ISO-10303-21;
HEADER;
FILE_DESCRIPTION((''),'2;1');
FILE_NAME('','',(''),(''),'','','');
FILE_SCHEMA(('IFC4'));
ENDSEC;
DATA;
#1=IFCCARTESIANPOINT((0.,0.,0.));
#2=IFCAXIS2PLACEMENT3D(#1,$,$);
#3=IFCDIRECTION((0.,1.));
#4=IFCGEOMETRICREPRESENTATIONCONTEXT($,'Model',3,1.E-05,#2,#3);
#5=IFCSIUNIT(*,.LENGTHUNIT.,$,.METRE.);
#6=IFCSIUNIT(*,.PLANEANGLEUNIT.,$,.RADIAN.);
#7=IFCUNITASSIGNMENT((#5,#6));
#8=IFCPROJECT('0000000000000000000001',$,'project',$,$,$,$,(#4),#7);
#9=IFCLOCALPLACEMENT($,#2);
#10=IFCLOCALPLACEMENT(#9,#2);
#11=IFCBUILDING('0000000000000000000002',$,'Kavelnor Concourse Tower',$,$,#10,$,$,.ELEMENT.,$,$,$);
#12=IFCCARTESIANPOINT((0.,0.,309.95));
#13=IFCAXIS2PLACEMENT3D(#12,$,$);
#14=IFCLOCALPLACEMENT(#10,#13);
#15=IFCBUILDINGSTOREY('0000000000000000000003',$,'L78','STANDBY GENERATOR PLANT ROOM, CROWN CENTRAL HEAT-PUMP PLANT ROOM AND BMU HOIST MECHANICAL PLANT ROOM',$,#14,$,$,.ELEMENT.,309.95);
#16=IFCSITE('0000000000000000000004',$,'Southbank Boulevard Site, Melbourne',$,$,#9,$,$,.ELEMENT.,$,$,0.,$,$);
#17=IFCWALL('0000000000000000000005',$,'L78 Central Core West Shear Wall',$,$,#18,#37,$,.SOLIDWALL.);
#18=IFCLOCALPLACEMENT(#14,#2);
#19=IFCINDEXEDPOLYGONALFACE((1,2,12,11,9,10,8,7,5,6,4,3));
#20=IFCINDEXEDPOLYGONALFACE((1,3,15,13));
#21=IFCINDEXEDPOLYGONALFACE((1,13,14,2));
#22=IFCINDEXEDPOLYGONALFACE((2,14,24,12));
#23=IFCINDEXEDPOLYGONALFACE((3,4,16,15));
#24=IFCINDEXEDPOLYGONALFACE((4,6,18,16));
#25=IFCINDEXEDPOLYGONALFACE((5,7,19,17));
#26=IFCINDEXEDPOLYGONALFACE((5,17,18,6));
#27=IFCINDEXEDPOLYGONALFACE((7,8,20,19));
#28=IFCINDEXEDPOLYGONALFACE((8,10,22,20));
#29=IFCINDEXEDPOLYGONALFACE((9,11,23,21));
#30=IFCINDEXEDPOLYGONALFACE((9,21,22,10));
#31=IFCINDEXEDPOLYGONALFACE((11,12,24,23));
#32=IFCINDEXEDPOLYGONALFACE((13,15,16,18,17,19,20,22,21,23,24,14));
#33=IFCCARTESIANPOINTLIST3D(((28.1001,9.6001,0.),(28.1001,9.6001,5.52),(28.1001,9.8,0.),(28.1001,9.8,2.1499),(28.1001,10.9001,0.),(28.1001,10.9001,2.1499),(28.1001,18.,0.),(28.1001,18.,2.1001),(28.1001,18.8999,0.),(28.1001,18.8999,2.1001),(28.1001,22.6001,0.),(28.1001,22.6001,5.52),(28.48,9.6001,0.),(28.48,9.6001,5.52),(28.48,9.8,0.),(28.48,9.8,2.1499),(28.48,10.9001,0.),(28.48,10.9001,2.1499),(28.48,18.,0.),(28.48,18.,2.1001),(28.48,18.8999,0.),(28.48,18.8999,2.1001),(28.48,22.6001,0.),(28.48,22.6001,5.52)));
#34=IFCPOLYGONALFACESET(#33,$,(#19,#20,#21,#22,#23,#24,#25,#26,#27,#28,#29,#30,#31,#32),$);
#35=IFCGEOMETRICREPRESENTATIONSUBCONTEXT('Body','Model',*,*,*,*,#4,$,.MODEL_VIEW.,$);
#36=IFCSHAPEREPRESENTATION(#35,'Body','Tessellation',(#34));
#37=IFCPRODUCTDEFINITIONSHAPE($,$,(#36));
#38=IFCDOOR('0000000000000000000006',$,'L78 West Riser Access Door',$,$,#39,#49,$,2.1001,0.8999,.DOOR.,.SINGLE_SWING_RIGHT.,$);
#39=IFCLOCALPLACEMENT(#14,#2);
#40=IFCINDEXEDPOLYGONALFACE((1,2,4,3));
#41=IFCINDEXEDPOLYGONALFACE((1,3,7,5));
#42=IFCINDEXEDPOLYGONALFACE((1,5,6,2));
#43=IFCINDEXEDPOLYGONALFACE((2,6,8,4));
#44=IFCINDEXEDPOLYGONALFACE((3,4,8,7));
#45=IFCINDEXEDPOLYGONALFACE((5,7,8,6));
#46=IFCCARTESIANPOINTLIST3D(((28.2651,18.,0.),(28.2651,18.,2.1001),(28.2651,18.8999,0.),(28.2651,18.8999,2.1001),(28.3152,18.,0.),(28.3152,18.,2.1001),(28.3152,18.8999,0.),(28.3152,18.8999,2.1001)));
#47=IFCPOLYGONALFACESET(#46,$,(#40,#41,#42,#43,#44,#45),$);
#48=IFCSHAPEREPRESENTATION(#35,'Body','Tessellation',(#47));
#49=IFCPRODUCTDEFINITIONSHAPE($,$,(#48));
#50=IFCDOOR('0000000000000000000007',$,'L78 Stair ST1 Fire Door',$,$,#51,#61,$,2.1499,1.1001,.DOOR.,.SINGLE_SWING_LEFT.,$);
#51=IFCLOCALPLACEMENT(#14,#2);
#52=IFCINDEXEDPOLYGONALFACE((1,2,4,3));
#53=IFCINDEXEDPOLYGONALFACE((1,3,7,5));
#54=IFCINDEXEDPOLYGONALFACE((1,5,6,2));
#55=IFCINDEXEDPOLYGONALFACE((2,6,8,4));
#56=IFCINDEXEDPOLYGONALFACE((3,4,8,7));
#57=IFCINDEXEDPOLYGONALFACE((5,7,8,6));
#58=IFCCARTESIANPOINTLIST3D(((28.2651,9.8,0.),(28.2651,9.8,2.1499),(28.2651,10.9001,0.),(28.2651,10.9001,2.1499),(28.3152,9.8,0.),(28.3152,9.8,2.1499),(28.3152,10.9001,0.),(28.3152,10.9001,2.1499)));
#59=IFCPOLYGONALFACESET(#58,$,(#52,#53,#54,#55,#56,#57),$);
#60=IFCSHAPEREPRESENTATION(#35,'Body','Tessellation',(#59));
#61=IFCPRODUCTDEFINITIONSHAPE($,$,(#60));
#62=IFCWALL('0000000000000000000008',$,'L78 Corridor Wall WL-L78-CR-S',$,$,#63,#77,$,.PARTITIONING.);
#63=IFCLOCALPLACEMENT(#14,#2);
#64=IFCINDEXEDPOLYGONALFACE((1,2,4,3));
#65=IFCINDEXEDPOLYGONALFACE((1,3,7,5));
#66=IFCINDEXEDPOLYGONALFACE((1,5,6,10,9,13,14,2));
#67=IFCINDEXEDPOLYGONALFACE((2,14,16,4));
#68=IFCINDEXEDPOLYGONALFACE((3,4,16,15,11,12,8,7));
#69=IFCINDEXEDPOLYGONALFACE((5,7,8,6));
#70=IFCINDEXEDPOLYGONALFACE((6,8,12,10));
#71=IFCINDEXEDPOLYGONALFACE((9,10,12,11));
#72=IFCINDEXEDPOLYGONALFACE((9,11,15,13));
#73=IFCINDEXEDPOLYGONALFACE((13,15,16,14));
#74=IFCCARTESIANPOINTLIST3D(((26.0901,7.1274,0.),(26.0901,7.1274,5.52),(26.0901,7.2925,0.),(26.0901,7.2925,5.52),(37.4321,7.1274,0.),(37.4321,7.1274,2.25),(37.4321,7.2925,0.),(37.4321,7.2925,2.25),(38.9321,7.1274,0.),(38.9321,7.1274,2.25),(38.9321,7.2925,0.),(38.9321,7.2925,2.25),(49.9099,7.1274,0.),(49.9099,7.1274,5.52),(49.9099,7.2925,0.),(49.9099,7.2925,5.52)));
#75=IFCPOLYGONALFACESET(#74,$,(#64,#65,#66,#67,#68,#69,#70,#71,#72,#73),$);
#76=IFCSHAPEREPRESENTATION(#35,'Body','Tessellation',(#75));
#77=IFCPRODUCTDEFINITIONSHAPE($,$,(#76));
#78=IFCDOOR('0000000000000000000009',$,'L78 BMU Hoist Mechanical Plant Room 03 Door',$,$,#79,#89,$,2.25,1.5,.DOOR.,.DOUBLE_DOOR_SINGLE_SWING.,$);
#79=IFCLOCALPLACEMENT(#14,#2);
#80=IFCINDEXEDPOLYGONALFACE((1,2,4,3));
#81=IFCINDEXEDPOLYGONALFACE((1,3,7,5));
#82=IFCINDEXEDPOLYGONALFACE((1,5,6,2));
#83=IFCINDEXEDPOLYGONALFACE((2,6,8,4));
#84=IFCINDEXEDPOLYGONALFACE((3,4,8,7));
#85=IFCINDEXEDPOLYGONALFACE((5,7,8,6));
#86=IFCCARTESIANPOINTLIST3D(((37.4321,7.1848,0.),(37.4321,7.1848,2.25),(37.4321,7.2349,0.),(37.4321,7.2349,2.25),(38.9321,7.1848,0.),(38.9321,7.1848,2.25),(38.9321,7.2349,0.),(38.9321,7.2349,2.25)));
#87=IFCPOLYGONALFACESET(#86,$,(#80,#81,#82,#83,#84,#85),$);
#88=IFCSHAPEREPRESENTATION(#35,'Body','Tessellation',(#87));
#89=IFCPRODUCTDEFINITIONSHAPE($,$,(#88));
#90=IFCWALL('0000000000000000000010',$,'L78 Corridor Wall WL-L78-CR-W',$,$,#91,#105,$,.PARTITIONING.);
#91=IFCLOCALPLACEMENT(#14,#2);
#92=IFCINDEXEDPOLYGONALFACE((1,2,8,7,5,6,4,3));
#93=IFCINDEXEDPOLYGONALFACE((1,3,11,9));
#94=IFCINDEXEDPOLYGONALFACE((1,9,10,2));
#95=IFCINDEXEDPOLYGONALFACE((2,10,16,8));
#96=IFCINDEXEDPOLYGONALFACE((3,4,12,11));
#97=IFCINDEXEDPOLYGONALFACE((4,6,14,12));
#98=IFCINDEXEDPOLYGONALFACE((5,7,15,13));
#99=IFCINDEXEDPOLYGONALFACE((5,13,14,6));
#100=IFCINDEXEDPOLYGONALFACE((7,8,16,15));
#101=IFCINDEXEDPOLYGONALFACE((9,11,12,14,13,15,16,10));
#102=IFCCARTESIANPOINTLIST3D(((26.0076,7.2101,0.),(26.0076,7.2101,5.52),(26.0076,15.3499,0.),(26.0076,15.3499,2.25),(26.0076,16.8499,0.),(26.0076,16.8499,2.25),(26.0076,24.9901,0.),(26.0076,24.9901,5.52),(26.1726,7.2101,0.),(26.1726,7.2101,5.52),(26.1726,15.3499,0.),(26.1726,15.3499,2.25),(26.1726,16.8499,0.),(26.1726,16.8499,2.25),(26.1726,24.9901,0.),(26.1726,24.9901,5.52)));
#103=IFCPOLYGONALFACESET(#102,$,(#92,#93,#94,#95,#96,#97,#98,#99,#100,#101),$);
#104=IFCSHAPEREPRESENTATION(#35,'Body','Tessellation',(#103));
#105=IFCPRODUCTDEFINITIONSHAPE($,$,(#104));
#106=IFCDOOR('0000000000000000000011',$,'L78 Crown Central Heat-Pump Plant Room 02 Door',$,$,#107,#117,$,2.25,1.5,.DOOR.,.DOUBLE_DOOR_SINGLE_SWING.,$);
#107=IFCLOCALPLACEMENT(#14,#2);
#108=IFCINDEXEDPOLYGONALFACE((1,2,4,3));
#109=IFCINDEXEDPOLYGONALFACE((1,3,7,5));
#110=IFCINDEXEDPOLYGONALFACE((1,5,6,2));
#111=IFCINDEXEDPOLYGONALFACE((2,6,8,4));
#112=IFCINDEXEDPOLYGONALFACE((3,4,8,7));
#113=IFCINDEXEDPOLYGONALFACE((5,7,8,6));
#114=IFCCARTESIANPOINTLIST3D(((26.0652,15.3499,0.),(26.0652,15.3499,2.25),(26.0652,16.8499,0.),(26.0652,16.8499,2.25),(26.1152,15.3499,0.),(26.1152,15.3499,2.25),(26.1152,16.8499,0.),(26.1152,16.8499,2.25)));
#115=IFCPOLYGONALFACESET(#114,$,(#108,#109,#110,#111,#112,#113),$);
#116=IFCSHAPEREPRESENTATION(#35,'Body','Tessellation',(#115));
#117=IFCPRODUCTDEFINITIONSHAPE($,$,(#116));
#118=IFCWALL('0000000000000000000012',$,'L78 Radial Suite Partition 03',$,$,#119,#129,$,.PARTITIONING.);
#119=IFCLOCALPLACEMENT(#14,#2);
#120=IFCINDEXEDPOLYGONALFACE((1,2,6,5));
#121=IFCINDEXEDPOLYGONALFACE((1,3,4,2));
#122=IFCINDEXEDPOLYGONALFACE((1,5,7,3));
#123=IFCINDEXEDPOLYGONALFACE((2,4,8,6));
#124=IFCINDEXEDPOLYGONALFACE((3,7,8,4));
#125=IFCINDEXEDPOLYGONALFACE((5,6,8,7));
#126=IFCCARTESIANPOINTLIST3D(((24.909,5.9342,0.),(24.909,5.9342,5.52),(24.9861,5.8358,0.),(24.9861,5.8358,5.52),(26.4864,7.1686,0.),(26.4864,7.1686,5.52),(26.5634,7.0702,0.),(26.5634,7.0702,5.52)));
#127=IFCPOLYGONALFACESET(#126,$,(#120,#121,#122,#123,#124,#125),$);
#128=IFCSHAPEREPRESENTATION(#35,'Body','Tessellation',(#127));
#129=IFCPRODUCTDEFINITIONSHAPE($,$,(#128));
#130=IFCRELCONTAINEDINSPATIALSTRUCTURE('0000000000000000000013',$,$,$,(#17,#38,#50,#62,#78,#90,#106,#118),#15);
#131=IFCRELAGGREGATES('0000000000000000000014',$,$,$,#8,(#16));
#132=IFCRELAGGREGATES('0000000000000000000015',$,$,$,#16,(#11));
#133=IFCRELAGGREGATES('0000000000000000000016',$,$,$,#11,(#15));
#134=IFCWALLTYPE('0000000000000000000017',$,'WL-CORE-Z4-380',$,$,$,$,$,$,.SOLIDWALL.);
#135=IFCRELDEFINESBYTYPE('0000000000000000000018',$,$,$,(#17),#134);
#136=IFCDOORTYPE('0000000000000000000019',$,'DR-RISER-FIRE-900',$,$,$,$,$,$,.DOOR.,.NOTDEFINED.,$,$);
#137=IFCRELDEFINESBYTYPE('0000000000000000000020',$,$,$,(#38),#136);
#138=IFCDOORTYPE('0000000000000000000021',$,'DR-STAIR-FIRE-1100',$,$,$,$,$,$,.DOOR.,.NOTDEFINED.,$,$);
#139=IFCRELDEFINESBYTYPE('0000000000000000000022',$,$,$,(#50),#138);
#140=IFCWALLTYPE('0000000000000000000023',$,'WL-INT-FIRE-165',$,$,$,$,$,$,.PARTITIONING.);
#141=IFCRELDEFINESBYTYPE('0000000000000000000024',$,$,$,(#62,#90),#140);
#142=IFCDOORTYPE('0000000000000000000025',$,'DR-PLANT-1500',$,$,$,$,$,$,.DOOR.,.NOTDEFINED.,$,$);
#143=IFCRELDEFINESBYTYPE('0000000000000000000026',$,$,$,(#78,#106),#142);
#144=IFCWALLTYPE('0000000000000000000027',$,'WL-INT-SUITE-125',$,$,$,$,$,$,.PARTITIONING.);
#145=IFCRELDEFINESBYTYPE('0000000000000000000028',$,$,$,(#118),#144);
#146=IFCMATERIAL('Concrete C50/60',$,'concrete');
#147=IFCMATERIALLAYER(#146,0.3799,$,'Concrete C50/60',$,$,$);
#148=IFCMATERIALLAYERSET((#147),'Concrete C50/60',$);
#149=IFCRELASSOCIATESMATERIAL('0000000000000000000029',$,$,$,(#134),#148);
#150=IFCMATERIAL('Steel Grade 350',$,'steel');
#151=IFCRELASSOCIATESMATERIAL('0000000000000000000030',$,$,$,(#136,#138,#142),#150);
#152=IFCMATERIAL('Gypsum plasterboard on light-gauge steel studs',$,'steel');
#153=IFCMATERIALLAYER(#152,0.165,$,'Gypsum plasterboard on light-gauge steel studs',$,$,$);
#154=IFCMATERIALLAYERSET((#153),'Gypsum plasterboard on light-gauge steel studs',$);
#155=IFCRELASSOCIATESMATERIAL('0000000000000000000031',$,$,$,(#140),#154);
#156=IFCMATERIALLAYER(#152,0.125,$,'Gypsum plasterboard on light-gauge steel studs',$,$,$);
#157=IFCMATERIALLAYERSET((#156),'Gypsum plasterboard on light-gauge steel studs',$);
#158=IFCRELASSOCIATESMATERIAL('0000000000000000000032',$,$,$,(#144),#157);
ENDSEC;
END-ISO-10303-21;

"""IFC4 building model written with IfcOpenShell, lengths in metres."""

from ifc_helpers import new_model, si_unit, direction, frame, frame_2d, origin, place, context, subcontext, project, spatial, rectangle, extrude, material, layer, layer_set, type_object, element, fill, save


model = new_model("IFC4")

# Units and contexts
model_context = context("Model", 3, precision=1e-05, world=origin(), true_north=direction((0.0, 1.0)))
body_context = subcontext(model_context, "Body", "Model", "MODEL_VIEW")
ifc_project = project(units=[si_unit("LENGTHUNIT", "METRE"), si_unit("PLANEANGLEUNIT", "RADIAN")], contexts=[model_context])

# Site, building, storey
site_placement = place(None, origin())
site = spatial("IfcSite", under=ifc_project, at=site_placement, Name="Southbank Boulevard Site, Melbourne", CompositionType="ELEMENT", RefElevation=0.0)
building_placement = place(site_placement, origin())
building = spatial("IfcBuilding", under=site, at=building_placement, Name="Kavelnor Concourse Tower", CompositionType="ELEMENT")
storey_placement = place(building_placement, frame((0.0, 0.0, 309.95)))
storey = spatial("IfcBuildingStorey", under=building, at=storey_placement, Name="L78", Description="STANDBY GENERATOR PLANT ROOM, CROWN CENTRAL HEAT-PUMP PLANT ROOM AND BMU HOIST MECHANICAL PLANT ROOM", CompositionType="ELEMENT", Elevation=309.95)

# Shared definitions
ifc_material_1 = material(Name="Steel Grade 350", Category="steel")

# Shared definitions
ifc_material_2 = material(Name="Concrete C50/60", Category="concrete")
ifc_layer_1 = layer(ifc_material_2, 0.3799, Name="Concrete C50/60")
ifc_layer_set_1 = layer_set([ifc_layer_1], Name="Concrete C50/60")
wall_type_1 = type_object("IfcWallType", Name="WL-CORE-Z4-380", PredefinedType="SOLIDWALL", material=ifc_layer_set_1)

# Wall, openings, doors
wall_1_placement = place(storey_placement, frame((28.29, 9.6001, 0.0), z_axis=(0.0, 0.0, 1.0), x_axis=(0.0, 1.0, 0.0)))
wall_1 = element("IfcWall", 1, at=wall_1_placement, inside=storey, type_object=wall_type_1, Name="L78 Central Core West Shear Wall", PredefinedType="SOLIDWALL", context=body_context, shape_type="SweptSolid", body=[
    extrude(rectangle(XDim=13.0, YDim=0.3799, at=frame_2d((6.5, 0.0))), origin(), (0.0, 0.0, 1.0), 5.52),
])
opening_1_placement = place(wall_1_placement, frame((0.2, 0.0, 0.0)))
opening_1 = element("IfcOpeningElement", 2, at=opening_1_placement, cuts=wall_1, PredefinedType="OPENING", context=body_context, shape_type="SweptSolid", body=[
    extrude(rectangle(XDim=1.1001, YDim=2.1499, at=frame_2d((0.55, 1.075))), frame((0.0, 0.2, 0.0), z_axis=(0.0, -1.0, 0.0), x_axis=(1.0, 0.0, 0.0)), (0.0, 0.0, 1.0), 0.3999),
])
opening_2_placement = place(wall_1_placement, frame((8.3999, 0.0, 0.0)))
opening_2 = element("IfcOpeningElement", 3, at=opening_2_placement, cuts=wall_1, PredefinedType="OPENING", context=body_context, shape_type="SweptSolid", body=[
    extrude(rectangle(XDim=0.8999, YDim=2.1001, at=frame_2d((0.45, 1.05))), frame((0.0, 0.2, 0.0), z_axis=(0.0, -1.0, 0.0), x_axis=(1.0, 0.0, 0.0)), (0.0, 0.0, 1.0), 0.3999),
])
door_type_1 = type_object("IfcDoorType", Name="DR-RISER-FIRE-900", OperationType="NOTDEFINED", PredefinedType="DOOR", material=ifc_material_1)
door_1_placement = place(opening_2_placement, origin())
door_1 = element("IfcDoor", 4, at=door_1_placement, inside=storey, type_object=door_type_1, Name="L78 West Riser Access Door", OperationType="SINGLE_SWING_RIGHT", OverallHeight=2.1001, OverallWidth=0.8999, PredefinedType="DOOR", context=body_context, shape_type="SweptSolid", body=[
    extrude(rectangle(XDim=0.8999, YDim=2.1001, at=frame_2d((0.45, 1.05))), frame((0.0, 0.0249, 0.0), z_axis=(0.0, -1.0, 0.0), x_axis=(1.0, 0.0, 0.0)), (0.0, 0.0, 1.0), 0.05),
])
fill(opening_2, door_1)
door_type_2 = type_object("IfcDoorType", Name="DR-STAIR-FIRE-1100", OperationType="NOTDEFINED", PredefinedType="DOOR", material=ifc_material_1)
door_2_placement = place(opening_1_placement, origin())
door_2 = element("IfcDoor", 5, at=door_2_placement, inside=storey, type_object=door_type_2, Name="L78 Stair ST1 Fire Door", OperationType="SINGLE_SWING_LEFT", OverallHeight=2.1499, OverallWidth=1.1001, PredefinedType="DOOR", context=body_context, shape_type="SweptSolid", body=[
    extrude(rectangle(XDim=1.1001, YDim=2.1499, at=frame_2d((0.55, 1.075))), frame((0.0, 0.0249, 0.0), z_axis=(0.0, -1.0, 0.0), x_axis=(1.0, 0.0, 0.0)), (0.0, 0.0, 1.0), 0.05),
])
fill(opening_1, door_2)

# Walls, openings, doors
ifc_material_3 = material(Name="Gypsum plasterboard on light-gauge steel studs", Category="steel")
ifc_layer_2 = layer(ifc_material_3, 0.165, Name="Gypsum plasterboard on light-gauge steel studs")
ifc_layer_set_2 = layer_set([ifc_layer_2], Name="Gypsum plasterboard on light-gauge steel studs")
wall_type_2 = type_object("IfcWallType", Name="WL-INT-FIRE-165", PredefinedType="PARTITIONING", material=ifc_layer_set_2)
wall_2_placement = place(storey_placement, frame((26.0901, 7.21, 0.0), z_axis=(0.0, 0.0, 1.0), x_axis=(1.0, 0.0, 0.0)))
wall_2 = element("IfcWall", 6, at=wall_2_placement, inside=storey, type_object=wall_type_2, Name="L78 Corridor Wall WL-L78-CR-S", PredefinedType="PARTITIONING", context=body_context, shape_type="SweptSolid", body=[
    extrude(rectangle(XDim=23.8198, YDim=0.165, at=frame_2d((11.9099, 0.0))), origin(), (0.0, 0.0, 1.0), 5.52),
])
opening_3_placement = place(wall_2_placement, frame((11.342, 0.0, 0.0)))
opening_3 = element("IfcOpeningElement", 7, at=opening_3_placement, cuts=wall_2, PredefinedType="OPENING", context=body_context, shape_type="SweptSolid", body=[
    extrude(rectangle(XDim=1.5, YDim=2.25, at=frame_2d((0.75, 1.125))), frame((0.0, 0.0925, 0.0), z_axis=(0.0, -1.0, 0.0), x_axis=(1.0, 0.0, 0.0)), (0.0, 0.0, 1.0), 0.1851),
])
door_type_3 = type_object("IfcDoorType", Name="DR-PLANT-1500", OperationType="NOTDEFINED", PredefinedType="DOOR", material=ifc_material_1)
door_3_placement = place(opening_3_placement, origin())
door_3 = element("IfcDoor", 8, at=door_3_placement, inside=storey, type_object=door_type_3, Name="L78 BMU Hoist Mechanical Plant Room 03 Door", OperationType="DOUBLE_DOOR_SINGLE_SWING", OverallHeight=2.25, OverallWidth=1.5, PredefinedType="DOOR", context=body_context, shape_type="SweptSolid", body=[
    extrude(rectangle(XDim=1.5, YDim=2.25, at=frame_2d((0.75, 1.125))), frame((0.0, 0.0249, 0.0), z_axis=(0.0, -1.0, 0.0), x_axis=(1.0, 0.0, 0.0)), (0.0, 0.0, 1.0), 0.05),
])
fill(opening_3, door_3)
wall_3_placement = place(storey_placement, frame((26.0901, 7.21, 0.0), z_axis=(0.0, 0.0, 1.0), x_axis=(0.0, 1.0, 0.0)))
wall_3 = element("IfcWall", 9, at=wall_3_placement, inside=storey, type_object=wall_type_2, Name="L78 Corridor Wall WL-L78-CR-W", PredefinedType="PARTITIONING", context=body_context, shape_type="SweptSolid", body=[
    extrude(rectangle(XDim=17.78, YDim=0.165, at=frame_2d((8.8901, 0.0))), origin(), (0.0, 0.0, 1.0), 5.52),
])
opening_4_placement = place(wall_3_placement, frame((8.1399, 0.0, 0.0)))
opening_4 = element("IfcOpeningElement", 10, at=opening_4_placement, cuts=wall_3, PredefinedType="OPENING", context=body_context, shape_type="SweptSolid", body=[
    extrude(rectangle(XDim=1.5, YDim=2.25, at=frame_2d((0.75, 1.125))), frame((0.0, 0.0925, 0.0), z_axis=(0.0, -1.0, 0.0), x_axis=(1.0, 0.0, 0.0)), (0.0, 0.0, 1.0), 0.1851),
])
door_4_placement = place(opening_4_placement, origin())
door_4 = element("IfcDoor", 11, at=door_4_placement, inside=storey, type_object=door_type_3, Name="L78 Crown Central Heat-Pump Plant Room 02 Door", OperationType="DOUBLE_DOOR_SINGLE_SWING", OverallHeight=2.25, OverallWidth=1.5, PredefinedType="DOOR", context=body_context, shape_type="SweptSolid", body=[
    extrude(rectangle(XDim=1.5, YDim=2.25, at=frame_2d((0.75, 1.125))), frame((0.0, 0.0249, 0.0), z_axis=(0.0, -1.0, 0.0), x_axis=(1.0, 0.0, 0.0)), (0.0, 0.0, 1.0), 0.05),
])
fill(opening_4, door_4)

# Wall
ifc_layer_3 = layer(ifc_material_3, 0.125, Name="Gypsum plasterboard on light-gauge steel studs")
ifc_layer_set_3 = layer_set([ifc_layer_3], Name="Gypsum plasterboard on light-gauge steel studs")
wall_type_3 = type_object("IfcWallType", Name="WL-INT-SUITE-125", PredefinedType="PARTITIONING", material=ifc_layer_set_3)
wall_4_placement = place(storey_placement, frame((26.5249, 7.1194, 0.0), z_axis=(0.0, 0.0, 1.0), x_axis=(-0.787531, -0.616275, 0.0)))
element("IfcWall", 12, at=wall_4_placement, inside=storey, type_object=wall_type_3, Name="L78 Radial Suite Partition 03", PredefinedType="PARTITIONING", context=body_context, shape_type="SweptSolid", body=[
    extrude(rectangle(XDim=2.0029, YDim=0.125, at=frame_2d((1.0015, 0.0))), origin(), (0.0, 0.0, 1.0), 5.52),
])

save(model, "model.ifc")
